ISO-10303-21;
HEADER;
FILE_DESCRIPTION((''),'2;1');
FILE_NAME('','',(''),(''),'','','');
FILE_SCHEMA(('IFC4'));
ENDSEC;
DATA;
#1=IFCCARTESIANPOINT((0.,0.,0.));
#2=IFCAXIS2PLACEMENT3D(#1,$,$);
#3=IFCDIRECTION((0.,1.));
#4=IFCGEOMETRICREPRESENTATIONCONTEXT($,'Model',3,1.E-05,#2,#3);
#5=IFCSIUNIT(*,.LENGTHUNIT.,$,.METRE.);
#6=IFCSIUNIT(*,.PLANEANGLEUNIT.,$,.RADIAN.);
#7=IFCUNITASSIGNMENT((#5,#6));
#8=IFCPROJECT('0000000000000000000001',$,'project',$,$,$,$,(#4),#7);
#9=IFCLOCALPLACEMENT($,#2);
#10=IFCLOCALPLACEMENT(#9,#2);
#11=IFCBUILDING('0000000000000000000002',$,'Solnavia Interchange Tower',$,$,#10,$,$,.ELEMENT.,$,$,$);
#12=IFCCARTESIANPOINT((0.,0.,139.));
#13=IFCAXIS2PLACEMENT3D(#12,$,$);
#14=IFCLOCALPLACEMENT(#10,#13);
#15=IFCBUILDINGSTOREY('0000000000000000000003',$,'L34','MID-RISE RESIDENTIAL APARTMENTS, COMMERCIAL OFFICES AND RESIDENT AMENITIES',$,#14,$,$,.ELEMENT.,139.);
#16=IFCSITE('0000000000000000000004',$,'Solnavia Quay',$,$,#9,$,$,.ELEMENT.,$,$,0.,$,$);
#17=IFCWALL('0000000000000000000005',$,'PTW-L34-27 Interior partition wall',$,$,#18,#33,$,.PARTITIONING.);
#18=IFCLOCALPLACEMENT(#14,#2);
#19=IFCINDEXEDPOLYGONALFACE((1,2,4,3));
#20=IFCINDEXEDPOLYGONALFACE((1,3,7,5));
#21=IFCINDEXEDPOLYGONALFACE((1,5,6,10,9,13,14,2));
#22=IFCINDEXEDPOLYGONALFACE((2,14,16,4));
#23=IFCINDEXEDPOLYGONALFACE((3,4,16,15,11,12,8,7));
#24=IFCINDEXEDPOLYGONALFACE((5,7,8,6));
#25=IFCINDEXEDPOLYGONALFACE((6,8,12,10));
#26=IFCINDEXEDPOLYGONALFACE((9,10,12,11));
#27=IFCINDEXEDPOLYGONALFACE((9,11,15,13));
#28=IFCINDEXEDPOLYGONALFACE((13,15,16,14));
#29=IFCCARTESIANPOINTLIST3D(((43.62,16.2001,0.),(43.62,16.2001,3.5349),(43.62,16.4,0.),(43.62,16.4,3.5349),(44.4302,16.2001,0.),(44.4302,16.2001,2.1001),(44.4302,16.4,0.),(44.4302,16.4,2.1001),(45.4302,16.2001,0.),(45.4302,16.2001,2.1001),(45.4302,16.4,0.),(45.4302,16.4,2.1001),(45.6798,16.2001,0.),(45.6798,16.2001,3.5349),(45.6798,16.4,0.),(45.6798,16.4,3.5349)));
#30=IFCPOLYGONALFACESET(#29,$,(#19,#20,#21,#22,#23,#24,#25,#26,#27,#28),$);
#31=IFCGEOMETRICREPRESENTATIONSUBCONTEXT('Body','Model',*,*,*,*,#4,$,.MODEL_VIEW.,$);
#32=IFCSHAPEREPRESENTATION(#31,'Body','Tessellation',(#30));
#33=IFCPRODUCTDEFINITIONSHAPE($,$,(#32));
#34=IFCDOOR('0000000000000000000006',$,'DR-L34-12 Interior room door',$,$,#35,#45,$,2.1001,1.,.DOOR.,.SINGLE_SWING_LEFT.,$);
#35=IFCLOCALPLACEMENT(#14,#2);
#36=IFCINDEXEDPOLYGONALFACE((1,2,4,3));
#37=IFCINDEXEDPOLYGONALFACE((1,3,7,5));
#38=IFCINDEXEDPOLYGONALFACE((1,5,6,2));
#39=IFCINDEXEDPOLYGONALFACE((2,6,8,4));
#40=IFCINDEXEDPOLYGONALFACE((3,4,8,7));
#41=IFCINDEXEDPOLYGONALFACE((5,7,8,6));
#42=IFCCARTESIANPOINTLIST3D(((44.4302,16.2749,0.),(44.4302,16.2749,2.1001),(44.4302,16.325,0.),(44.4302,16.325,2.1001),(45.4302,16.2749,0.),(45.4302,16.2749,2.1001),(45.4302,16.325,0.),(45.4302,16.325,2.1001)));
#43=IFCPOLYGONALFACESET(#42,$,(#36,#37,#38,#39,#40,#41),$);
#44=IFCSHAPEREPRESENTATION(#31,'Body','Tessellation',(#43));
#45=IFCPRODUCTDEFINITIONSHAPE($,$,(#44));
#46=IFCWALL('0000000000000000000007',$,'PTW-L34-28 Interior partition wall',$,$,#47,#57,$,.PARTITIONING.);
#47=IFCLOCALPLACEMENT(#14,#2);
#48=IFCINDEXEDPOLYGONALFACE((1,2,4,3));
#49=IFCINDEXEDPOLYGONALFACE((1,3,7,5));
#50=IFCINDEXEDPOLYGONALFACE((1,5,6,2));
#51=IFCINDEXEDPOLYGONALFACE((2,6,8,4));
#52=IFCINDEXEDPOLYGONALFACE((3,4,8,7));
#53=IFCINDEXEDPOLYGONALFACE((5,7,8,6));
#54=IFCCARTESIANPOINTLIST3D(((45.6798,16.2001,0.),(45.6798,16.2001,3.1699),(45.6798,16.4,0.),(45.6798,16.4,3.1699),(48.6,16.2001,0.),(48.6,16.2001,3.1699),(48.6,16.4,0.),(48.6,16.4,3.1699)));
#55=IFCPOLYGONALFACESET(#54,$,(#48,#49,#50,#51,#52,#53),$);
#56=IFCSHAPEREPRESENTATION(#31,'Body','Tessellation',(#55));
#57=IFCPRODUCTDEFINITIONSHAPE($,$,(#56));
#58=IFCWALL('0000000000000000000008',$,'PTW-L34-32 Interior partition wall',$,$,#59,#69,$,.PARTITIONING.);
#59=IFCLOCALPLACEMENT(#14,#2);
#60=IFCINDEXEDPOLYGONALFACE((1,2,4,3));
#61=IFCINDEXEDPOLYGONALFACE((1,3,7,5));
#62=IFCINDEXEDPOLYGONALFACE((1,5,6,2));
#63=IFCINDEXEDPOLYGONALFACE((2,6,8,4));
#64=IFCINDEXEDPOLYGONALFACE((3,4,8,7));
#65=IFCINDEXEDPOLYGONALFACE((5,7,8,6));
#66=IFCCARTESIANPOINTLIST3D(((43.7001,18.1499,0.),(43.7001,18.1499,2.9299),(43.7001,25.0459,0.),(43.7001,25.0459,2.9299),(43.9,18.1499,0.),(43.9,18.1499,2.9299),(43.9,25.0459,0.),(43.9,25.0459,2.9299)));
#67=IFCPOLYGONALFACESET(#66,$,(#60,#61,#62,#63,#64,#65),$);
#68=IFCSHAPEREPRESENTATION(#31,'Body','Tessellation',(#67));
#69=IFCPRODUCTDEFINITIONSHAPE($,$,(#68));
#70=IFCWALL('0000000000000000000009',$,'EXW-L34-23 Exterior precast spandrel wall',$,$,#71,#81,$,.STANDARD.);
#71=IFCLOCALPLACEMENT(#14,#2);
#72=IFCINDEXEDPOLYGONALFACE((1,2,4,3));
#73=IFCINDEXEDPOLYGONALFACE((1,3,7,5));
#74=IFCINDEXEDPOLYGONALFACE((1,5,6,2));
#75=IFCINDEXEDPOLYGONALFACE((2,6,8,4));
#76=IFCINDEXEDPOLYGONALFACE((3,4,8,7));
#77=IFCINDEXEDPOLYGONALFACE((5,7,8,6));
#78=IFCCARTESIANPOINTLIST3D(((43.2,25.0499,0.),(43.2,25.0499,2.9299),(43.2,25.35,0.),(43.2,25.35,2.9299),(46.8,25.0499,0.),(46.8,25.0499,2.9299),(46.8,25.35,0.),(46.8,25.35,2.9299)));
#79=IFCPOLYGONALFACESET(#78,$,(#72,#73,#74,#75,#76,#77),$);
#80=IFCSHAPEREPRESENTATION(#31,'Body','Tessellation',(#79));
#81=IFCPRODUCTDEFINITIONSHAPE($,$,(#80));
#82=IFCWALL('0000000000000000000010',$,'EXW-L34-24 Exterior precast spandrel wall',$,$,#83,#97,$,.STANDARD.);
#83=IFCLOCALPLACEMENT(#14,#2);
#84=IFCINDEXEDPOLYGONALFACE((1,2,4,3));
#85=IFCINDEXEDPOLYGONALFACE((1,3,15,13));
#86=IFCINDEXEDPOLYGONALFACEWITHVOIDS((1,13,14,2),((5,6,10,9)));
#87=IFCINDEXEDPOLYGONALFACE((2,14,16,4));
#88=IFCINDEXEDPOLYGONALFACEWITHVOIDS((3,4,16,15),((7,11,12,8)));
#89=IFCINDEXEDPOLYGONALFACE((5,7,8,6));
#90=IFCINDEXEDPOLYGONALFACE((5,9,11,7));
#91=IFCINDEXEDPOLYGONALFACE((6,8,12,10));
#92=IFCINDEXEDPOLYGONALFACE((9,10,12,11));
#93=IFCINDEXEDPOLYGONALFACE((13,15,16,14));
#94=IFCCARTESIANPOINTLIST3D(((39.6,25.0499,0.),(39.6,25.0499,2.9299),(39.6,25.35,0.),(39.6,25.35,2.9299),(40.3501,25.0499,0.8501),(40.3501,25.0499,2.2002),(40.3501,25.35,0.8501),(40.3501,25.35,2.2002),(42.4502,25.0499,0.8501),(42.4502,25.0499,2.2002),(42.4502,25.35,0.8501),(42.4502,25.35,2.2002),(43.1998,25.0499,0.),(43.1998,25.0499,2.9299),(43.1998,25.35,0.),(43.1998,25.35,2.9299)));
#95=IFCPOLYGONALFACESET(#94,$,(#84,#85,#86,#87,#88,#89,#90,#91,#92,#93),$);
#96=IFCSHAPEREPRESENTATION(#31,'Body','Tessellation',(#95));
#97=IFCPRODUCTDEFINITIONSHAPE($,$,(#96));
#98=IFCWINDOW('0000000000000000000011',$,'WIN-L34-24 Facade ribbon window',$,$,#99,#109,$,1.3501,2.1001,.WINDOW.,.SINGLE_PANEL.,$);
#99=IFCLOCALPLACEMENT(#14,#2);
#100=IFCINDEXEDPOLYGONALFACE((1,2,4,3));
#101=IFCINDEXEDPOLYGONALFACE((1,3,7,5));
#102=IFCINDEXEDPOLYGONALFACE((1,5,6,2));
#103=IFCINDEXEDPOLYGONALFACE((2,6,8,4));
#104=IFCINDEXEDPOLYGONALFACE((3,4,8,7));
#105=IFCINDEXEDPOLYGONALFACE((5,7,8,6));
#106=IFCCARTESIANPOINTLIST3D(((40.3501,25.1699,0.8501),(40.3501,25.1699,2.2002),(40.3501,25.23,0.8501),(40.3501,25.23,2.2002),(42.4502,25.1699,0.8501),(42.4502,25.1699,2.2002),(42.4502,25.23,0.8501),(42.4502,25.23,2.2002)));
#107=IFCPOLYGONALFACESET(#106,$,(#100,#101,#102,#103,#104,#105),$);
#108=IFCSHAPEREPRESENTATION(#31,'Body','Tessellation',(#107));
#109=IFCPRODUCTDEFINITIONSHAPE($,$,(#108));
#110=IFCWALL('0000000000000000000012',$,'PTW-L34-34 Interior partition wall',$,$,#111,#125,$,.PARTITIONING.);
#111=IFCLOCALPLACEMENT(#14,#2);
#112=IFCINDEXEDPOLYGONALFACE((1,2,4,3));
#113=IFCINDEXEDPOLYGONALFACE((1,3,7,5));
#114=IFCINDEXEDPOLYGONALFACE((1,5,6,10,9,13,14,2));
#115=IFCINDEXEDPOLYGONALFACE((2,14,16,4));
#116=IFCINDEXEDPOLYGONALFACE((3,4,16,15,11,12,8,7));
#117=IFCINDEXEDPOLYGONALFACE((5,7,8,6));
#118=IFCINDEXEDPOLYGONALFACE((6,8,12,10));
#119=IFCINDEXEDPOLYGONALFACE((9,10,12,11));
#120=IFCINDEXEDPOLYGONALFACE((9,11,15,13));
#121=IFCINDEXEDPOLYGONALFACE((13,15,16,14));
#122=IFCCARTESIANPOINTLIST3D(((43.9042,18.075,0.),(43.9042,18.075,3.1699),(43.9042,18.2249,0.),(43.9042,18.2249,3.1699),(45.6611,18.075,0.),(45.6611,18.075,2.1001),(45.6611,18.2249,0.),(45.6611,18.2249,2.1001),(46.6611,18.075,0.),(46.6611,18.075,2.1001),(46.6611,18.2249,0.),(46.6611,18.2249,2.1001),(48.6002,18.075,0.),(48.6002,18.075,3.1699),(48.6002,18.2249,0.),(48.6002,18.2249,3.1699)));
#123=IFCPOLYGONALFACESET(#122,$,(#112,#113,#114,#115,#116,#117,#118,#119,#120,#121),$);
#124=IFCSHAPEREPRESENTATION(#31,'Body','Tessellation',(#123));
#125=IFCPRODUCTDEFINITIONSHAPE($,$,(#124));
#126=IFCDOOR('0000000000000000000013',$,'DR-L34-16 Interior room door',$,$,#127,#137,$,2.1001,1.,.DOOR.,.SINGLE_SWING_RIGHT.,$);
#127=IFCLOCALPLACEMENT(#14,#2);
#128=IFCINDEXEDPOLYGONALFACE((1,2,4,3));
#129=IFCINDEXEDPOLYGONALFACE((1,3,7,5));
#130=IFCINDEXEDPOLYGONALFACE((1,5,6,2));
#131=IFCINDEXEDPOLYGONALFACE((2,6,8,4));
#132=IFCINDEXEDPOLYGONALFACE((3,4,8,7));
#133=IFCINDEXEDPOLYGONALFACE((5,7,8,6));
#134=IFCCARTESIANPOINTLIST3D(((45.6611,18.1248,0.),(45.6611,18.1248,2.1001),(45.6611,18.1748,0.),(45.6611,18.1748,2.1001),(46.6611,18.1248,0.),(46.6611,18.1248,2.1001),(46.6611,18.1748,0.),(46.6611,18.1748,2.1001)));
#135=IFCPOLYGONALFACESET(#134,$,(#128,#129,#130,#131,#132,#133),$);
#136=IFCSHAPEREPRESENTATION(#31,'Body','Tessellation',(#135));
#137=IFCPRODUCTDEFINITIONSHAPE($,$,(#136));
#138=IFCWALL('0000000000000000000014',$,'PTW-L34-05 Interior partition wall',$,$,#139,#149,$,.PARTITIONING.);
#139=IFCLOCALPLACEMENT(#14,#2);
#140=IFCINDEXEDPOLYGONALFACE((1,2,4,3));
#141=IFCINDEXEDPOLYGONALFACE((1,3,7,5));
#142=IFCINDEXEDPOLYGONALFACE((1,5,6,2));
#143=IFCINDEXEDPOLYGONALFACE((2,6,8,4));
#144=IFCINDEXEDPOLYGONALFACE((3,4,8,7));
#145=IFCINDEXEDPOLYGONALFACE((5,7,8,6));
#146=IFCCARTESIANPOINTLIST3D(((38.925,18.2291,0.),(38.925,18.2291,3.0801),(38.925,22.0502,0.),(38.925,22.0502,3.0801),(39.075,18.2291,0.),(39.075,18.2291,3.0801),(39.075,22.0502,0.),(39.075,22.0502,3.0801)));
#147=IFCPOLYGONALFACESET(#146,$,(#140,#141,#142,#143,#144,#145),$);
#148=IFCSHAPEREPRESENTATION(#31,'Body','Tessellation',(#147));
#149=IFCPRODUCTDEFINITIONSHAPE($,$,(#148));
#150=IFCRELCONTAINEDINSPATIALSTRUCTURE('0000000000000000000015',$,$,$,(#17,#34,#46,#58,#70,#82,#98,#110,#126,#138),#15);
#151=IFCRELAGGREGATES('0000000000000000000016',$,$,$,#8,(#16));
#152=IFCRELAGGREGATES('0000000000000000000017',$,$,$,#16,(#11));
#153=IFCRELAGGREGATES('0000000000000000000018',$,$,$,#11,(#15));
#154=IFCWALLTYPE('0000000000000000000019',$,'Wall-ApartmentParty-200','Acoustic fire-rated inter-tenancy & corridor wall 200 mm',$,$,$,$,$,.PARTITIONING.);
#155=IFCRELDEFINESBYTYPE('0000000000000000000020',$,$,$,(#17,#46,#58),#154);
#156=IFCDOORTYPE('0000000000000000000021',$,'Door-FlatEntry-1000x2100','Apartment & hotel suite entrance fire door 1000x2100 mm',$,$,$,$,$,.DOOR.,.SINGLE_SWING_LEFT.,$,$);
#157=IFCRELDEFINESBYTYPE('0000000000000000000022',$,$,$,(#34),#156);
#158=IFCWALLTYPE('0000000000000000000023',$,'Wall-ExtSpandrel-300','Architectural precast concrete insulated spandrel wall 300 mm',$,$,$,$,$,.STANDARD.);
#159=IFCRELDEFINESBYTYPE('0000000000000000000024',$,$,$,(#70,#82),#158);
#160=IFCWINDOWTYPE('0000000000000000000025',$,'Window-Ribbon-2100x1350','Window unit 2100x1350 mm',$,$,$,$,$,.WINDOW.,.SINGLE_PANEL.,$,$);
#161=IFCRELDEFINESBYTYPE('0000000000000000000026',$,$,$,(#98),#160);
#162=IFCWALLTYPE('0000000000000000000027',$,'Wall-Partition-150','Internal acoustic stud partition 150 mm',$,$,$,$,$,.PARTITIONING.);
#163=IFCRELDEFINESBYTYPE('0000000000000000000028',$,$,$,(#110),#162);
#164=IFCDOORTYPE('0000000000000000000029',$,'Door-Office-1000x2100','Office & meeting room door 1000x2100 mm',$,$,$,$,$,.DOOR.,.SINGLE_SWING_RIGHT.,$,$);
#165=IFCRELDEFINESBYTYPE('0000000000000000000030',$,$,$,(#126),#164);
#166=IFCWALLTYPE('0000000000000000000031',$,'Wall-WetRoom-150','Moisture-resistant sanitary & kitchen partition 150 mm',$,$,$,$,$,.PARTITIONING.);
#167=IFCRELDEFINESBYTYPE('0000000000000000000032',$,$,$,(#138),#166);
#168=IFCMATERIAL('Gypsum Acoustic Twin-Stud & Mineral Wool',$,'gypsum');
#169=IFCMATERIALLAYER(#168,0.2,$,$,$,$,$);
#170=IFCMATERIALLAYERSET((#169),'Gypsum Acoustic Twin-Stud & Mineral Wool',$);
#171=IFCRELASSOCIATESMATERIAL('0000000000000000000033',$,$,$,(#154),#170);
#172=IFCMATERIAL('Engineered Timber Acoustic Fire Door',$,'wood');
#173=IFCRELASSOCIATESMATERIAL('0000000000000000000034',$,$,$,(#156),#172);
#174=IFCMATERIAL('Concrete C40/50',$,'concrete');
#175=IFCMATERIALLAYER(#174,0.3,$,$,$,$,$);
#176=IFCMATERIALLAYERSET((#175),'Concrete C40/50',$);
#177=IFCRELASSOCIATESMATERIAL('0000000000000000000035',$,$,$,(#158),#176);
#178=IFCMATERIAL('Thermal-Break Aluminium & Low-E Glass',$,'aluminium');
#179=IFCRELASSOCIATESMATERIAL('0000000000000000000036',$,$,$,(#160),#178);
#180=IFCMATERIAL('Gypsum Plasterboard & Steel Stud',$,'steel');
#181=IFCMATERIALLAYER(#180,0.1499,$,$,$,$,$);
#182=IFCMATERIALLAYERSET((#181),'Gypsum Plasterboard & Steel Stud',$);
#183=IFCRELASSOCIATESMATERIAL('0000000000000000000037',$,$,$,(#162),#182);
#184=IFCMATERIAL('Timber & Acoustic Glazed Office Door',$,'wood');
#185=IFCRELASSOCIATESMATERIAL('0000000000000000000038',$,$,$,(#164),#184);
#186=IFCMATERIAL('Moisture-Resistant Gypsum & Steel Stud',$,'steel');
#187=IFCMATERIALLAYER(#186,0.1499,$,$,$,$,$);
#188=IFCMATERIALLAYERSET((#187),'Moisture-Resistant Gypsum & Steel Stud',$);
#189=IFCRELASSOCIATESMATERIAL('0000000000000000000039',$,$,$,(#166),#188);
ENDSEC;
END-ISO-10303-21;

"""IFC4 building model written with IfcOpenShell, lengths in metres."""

from ifc_helpers import new_model, si_unit, direction, frame, frame_2d, origin, place, context, subcontext, project, spatial, rectangle, extrude, material, layer, layer_set, type_object, element, fill, save


model = new_model("IFC4")

# Units and contexts
model_context = context("Model", 3, precision=1e-05, world=origin(), true_north=direction((0.0, 1.0)))
body_context = subcontext(model_context, "Body", "Model", "MODEL_VIEW")
ifc_project = project(units=[si_unit("LENGTHUNIT", "METRE"), si_unit("PLANEANGLEUNIT", "RADIAN")], contexts=[model_context])

# Site, building, storey
site_placement = place(None, origin())
site = spatial("IfcSite", under=ifc_project, at=site_placement, Name="Solnavia Quay", CompositionType="ELEMENT", RefElevation=0.0)
building_placement = place(site_placement, origin())
building = spatial("IfcBuilding", under=site, at=building_placement, Name="Solnavia Interchange Tower", CompositionType="ELEMENT")
storey_placement = place(building_placement, frame((0.0, 0.0, 139.0)))
storey = spatial("IfcBuildingStorey", under=building, at=storey_placement, Name="L34", Description="MID-RISE RESIDENTIAL APARTMENTS, COMMERCIAL OFFICES AND RESIDENT AMENITIES", CompositionType="ELEMENT", Elevation=139.0)

# Shared definitions
ifc_material_1 = material(Name="Gypsum Acoustic Twin-Stud & Mineral Wool", Category="gypsum")
ifc_layer_1 = layer(ifc_material_1, 0.2)
ifc_layer_set_1 = layer_set([ifc_layer_1], Name="Gypsum Acoustic Twin-Stud & Mineral Wool")
wall_type_1 = type_object("IfcWallType", Name="Wall-ApartmentParty-200", Description="Acoustic fire-rated inter-tenancy & corridor wall 200 mm", PredefinedType="PARTITIONING", material=ifc_layer_set_1)

# Wall, opening, door
wall_1_placement = place(storey_placement, frame((43.6201, 16.3, 0.0), z_axis=(0.0, 0.0, 1.0), x_axis=(1.0, 0.0, 0.0)))
wall_1 = element("IfcWall", 1, at=wall_1_placement, inside=storey, type_object=wall_type_1, Name="PTW-L34-27 Interior partition wall", PredefinedType="PARTITIONING", context=body_context, shape_type="SweptSolid", body=[
    extrude(rectangle(XDim=2.0598, YDim=0.2, at=frame_2d((1.0298, 0.0))), origin(), (0.0, 0.0, 1.0), 3.5349),
])
opening_1_placement = place(wall_1_placement, frame((0.8101, 0.0, 0.0)))
opening_1 = element("IfcOpeningElement", 2, at=opening_1_placement, cuts=wall_1, PredefinedType="OPENING", context=body_context, shape_type="SweptSolid", body=[
    extrude(rectangle(XDim=1.0, YDim=2.1001, at=frame_2d((0.5, 1.05))), frame((0.0, 0.1099, 0.0), z_axis=(0.0, -1.0, 0.0), x_axis=(1.0, 0.0, 0.0)), (0.0, 0.0, 1.0), 0.22),
])
ifc_material_2 = material(Name="Engineered Timber Acoustic Fire Door", Category="wood")
door_type_1 = type_object("IfcDoorType", Name="Door-FlatEntry-1000x2100", Description="Apartment & hotel suite entrance fire door 1000x2100 mm", OperationType="SINGLE_SWING_LEFT", PredefinedType="DOOR", material=ifc_material_2)
door_1_placement = place(opening_1_placement, origin())
door_1 = element("IfcDoor", 3, at=door_1_placement, inside=storey, type_object=door_type_1, Name="DR-L34-12 Interior room door", OperationType="SINGLE_SWING_LEFT", OverallHeight=2.1001, OverallWidth=1.0, PredefinedType="DOOR", context=body_context, shape_type="SweptSolid", body=[
    extrude(rectangle(XDim=1.0, YDim=2.1001, at=frame_2d((0.5, 1.05))), frame((0.0, 0.0249, 0.0), z_axis=(0.0, -1.0, 0.0), x_axis=(1.0, 0.0, 0.0)), (0.0, 0.0, 1.0), 0.05),
])
fill(opening_1, door_1)

# Walls
wall_2_placement = place(storey_placement, frame((45.6799, 16.3, 0.0), z_axis=(0.0, 0.0, 1.0), x_axis=(1.0, 0.0, 0.0)))
element("IfcWall", 4, at=wall_2_placement, inside=storey, type_object=wall_type_1, Name="PTW-L34-28 Interior partition wall", PredefinedType="PARTITIONING", context=body_context, shape_type="SweptSolid", body=[
    extrude(rectangle(XDim=2.9202, YDim=0.2, at=frame_2d((1.46, 0.0))), origin(), (0.0, 0.0, 1.0), 3.1699),
])
wall_3_placement = place(storey_placement, frame((43.8, 18.1499, 0.0), z_axis=(0.0, 0.0, 1.0), x_axis=(0.0, 1.0, 0.0)))
element("IfcWall", 5, at=wall_3_placement, inside=storey, type_object=wall_type_1, Name="PTW-L34-32 Interior partition wall", PredefinedType="PARTITIONING", context=body_context, shape_type="SweptSolid", body=[
    extrude(rectangle(XDim=6.896, YDim=0.2, at=frame_2d((3.448, 0.0))), origin(), (0.0, 0.0, 1.0), 2.9299),
])
ifc_material_3 = material(Name="Concrete C40/50", Category="concrete")
ifc_layer_2 = layer(ifc_material_3, 0.3)
ifc_layer_set_2 = layer_set([ifc_layer_2], Name="Concrete C40/50")
wall_type_2 = type_object("IfcWallType", Name="Wall-ExtSpandrel-300", Description="Architectural precast concrete insulated spandrel wall 300 mm", PredefinedType="STANDARD", material=ifc_layer_set_2)
wall_4_placement = place(storey_placement, frame((43.2, 25.2, 0.0), z_axis=(0.0, 0.0, 1.0), x_axis=(1.0, 0.0, 0.0)))
element("IfcWall", 6, at=wall_4_placement, inside=storey, type_object=wall_type_2, Name="EXW-L34-23 Exterior precast spandrel wall", PredefinedType="STANDARD", context=body_context, shape_type="SweptSolid", body=[
    extrude(rectangle(XDim=3.6001, YDim=0.3, at=frame_2d((1.8, 0.0))), origin(), (0.0, 0.0, 1.0), 2.9299),
])

# Wall, opening, window
wall_5_placement = place(storey_placement, frame((39.6001, 25.2, 0.0), z_axis=(0.0, 0.0, 1.0), x_axis=(1.0, 0.0, 0.0)))
wall_5 = element("IfcWall", 7, at=wall_5_placement, inside=storey, type_object=wall_type_2, Name="EXW-L34-24 Exterior precast spandrel wall", PredefinedType="STANDARD", context=body_context, shape_type="SweptSolid", body=[
    extrude(rectangle(XDim=3.5999, YDim=0.3, at=frame_2d((1.7998, 0.0))), origin(), (0.0, 0.0, 1.0), 2.9299),
])
opening_2_placement = place(wall_5_placement, frame((0.75, 0.0, 0.8501)))
opening_2 = element("IfcOpeningElement", 8, at=opening_2_placement, cuts=wall_5, PredefinedType="OPENING", context=body_context, shape_type="SweptSolid", body=[
    extrude(rectangle(XDim=2.1001, YDim=1.3501, at=frame_2d((1.05, 0.675))), frame((0.0, 0.1602, 0.0), z_axis=(0.0, -1.0, 0.0), x_axis=(1.0, 0.0, 0.0)), (0.0, 0.0, 1.0), 0.3201),
])
ifc_material_4 = material(Name="Thermal-Break Aluminium & Low-E Glass", Category="aluminium")
window_type = type_object("IfcWindowType", Name="Window-Ribbon-2100x1350", Description="Window unit 2100x1350 mm", PartitioningType="SINGLE_PANEL", PredefinedType="WINDOW", material=ifc_material_4)
window_placement = place(opening_2_placement, origin())
window = element("IfcWindow", 9, at=window_placement, inside=storey, type_object=window_type, Name="WIN-L34-24 Facade ribbon window", OverallHeight=1.3501, OverallWidth=2.1001, PartitioningType="SINGLE_PANEL", PredefinedType="WINDOW", context=body_context, shape_type="SweptSolid", body=[
    extrude(rectangle(XDim=2.1001, YDim=1.3501, at=frame_2d((1.05, 0.675))), frame((0.0, 0.03, 0.0), z_axis=(0.0, -1.0, 0.0), x_axis=(1.0, 0.0, 0.0)), (0.0, 0.0, 1.0), 0.0601),
])
fill(opening_2, window)

# Wall, opening, door
ifc_material_5 = material(Name="Gypsum Plasterboard & Steel Stud", Category="steel")
ifc_layer_3 = layer(ifc_material_5, 0.1499)
ifc_layer_set_3 = layer_set([ifc_layer_3], Name="Gypsum Plasterboard & Steel Stud")
wall_type_3 = type_object("IfcWallType", Name="Wall-Partition-150", Description="Internal acoustic stud partition 150 mm", PredefinedType="PARTITIONING", material=ifc_layer_set_3)
wall_6_placement = place(storey_placement, frame((43.9041, 18.1499, 0.0), z_axis=(0.0, 0.0, 1.0), x_axis=(1.0, 0.0, 0.0)))
wall_6 = element("IfcWall", 10, at=wall_6_placement, inside=storey, type_object=wall_type_3, Name="PTW-L34-34 Interior partition wall", PredefinedType="PARTITIONING", context=body_context, shape_type="SweptSolid", body=[
    extrude(rectangle(XDim=4.696, YDim=0.1499, at=frame_2d((2.3481, 0.0))), origin(), (0.0, 0.0, 1.0), 3.1699),
])
opening_3_placement = place(wall_6_placement, frame((1.7571, 0.0, 0.0)))
opening_3 = element("IfcOpeningElement", 11, at=opening_3_placement, cuts=wall_6, PredefinedType="OPENING", context=body_context, shape_type="SweptSolid", body=[
    extrude(rectangle(XDim=1.0, YDim=2.1001, at=frame_2d((0.5, 1.05))), frame((0.0, 0.085, 0.0), z_axis=(0.0, -1.0, 0.0), x_axis=(1.0, 0.0, 0.0)), (0.0, 0.0, 1.0), 0.1699),
])
ifc_material_6 = material(Name="Timber & Acoustic Glazed Office Door", Category="wood")
door_type_2 = type_object("IfcDoorType", Name="Door-Office-1000x2100", Description="Office & meeting room door 1000x2100 mm", OperationType="SINGLE_SWING_RIGHT", PredefinedType="DOOR", material=ifc_material_6)
door_2_placement = place(opening_3_placement, origin())
door_2 = element("IfcDoor", 12, at=door_2_placement, inside=storey, type_object=door_type_2, Name="DR-L34-16 Interior room door", OperationType="SINGLE_SWING_RIGHT", OverallHeight=2.1001, OverallWidth=1.0, PredefinedType="DOOR", context=body_context, shape_type="SweptSolid", body=[
    extrude(rectangle(XDim=1.0, YDim=2.1001, at=frame_2d((0.5, 1.05))), frame((0.0, 0.0249, 0.0), z_axis=(0.0, -1.0, 0.0), x_axis=(1.0, 0.0, 0.0)), (0.0, 0.0, 1.0), 0.05),
])
fill(opening_3, door_2)

# Wall
ifc_material_7 = material(Name="Moisture-Resistant Gypsum & Steel Stud", Category="steel")
ifc_layer_4 = layer(ifc_material_7, 0.1499)
ifc_layer_set_4 = layer_set([ifc_layer_4], Name="Moisture-Resistant Gypsum & Steel Stud")
wall_type_4 = type_object("IfcWallType", Name="Wall-WetRoom-150", Description="Moisture-resistant sanitary & kitchen partition 150 mm", PredefinedType="PARTITIONING", material=ifc_layer_set_4)
wall_7_placement = place(storey_placement, frame((39.0, 18.229, 0.0), z_axis=(0.0, 0.0, 1.0), x_axis=(0.0, 1.0, 0.0)))
element("IfcWall", 13, at=wall_7_placement, inside=storey, type_object=wall_type_4, Name="PTW-L34-05 Interior partition wall", PredefinedType="PARTITIONING", context=body_context, shape_type="SweptSolid", body=[
    extrude(rectangle(XDim=3.821, YDim=0.1499, at=frame_2d((1.9106, 0.0))), origin(), (0.0, 0.0, 1.0), 3.0801),
])

save(model, "model.ifc")
